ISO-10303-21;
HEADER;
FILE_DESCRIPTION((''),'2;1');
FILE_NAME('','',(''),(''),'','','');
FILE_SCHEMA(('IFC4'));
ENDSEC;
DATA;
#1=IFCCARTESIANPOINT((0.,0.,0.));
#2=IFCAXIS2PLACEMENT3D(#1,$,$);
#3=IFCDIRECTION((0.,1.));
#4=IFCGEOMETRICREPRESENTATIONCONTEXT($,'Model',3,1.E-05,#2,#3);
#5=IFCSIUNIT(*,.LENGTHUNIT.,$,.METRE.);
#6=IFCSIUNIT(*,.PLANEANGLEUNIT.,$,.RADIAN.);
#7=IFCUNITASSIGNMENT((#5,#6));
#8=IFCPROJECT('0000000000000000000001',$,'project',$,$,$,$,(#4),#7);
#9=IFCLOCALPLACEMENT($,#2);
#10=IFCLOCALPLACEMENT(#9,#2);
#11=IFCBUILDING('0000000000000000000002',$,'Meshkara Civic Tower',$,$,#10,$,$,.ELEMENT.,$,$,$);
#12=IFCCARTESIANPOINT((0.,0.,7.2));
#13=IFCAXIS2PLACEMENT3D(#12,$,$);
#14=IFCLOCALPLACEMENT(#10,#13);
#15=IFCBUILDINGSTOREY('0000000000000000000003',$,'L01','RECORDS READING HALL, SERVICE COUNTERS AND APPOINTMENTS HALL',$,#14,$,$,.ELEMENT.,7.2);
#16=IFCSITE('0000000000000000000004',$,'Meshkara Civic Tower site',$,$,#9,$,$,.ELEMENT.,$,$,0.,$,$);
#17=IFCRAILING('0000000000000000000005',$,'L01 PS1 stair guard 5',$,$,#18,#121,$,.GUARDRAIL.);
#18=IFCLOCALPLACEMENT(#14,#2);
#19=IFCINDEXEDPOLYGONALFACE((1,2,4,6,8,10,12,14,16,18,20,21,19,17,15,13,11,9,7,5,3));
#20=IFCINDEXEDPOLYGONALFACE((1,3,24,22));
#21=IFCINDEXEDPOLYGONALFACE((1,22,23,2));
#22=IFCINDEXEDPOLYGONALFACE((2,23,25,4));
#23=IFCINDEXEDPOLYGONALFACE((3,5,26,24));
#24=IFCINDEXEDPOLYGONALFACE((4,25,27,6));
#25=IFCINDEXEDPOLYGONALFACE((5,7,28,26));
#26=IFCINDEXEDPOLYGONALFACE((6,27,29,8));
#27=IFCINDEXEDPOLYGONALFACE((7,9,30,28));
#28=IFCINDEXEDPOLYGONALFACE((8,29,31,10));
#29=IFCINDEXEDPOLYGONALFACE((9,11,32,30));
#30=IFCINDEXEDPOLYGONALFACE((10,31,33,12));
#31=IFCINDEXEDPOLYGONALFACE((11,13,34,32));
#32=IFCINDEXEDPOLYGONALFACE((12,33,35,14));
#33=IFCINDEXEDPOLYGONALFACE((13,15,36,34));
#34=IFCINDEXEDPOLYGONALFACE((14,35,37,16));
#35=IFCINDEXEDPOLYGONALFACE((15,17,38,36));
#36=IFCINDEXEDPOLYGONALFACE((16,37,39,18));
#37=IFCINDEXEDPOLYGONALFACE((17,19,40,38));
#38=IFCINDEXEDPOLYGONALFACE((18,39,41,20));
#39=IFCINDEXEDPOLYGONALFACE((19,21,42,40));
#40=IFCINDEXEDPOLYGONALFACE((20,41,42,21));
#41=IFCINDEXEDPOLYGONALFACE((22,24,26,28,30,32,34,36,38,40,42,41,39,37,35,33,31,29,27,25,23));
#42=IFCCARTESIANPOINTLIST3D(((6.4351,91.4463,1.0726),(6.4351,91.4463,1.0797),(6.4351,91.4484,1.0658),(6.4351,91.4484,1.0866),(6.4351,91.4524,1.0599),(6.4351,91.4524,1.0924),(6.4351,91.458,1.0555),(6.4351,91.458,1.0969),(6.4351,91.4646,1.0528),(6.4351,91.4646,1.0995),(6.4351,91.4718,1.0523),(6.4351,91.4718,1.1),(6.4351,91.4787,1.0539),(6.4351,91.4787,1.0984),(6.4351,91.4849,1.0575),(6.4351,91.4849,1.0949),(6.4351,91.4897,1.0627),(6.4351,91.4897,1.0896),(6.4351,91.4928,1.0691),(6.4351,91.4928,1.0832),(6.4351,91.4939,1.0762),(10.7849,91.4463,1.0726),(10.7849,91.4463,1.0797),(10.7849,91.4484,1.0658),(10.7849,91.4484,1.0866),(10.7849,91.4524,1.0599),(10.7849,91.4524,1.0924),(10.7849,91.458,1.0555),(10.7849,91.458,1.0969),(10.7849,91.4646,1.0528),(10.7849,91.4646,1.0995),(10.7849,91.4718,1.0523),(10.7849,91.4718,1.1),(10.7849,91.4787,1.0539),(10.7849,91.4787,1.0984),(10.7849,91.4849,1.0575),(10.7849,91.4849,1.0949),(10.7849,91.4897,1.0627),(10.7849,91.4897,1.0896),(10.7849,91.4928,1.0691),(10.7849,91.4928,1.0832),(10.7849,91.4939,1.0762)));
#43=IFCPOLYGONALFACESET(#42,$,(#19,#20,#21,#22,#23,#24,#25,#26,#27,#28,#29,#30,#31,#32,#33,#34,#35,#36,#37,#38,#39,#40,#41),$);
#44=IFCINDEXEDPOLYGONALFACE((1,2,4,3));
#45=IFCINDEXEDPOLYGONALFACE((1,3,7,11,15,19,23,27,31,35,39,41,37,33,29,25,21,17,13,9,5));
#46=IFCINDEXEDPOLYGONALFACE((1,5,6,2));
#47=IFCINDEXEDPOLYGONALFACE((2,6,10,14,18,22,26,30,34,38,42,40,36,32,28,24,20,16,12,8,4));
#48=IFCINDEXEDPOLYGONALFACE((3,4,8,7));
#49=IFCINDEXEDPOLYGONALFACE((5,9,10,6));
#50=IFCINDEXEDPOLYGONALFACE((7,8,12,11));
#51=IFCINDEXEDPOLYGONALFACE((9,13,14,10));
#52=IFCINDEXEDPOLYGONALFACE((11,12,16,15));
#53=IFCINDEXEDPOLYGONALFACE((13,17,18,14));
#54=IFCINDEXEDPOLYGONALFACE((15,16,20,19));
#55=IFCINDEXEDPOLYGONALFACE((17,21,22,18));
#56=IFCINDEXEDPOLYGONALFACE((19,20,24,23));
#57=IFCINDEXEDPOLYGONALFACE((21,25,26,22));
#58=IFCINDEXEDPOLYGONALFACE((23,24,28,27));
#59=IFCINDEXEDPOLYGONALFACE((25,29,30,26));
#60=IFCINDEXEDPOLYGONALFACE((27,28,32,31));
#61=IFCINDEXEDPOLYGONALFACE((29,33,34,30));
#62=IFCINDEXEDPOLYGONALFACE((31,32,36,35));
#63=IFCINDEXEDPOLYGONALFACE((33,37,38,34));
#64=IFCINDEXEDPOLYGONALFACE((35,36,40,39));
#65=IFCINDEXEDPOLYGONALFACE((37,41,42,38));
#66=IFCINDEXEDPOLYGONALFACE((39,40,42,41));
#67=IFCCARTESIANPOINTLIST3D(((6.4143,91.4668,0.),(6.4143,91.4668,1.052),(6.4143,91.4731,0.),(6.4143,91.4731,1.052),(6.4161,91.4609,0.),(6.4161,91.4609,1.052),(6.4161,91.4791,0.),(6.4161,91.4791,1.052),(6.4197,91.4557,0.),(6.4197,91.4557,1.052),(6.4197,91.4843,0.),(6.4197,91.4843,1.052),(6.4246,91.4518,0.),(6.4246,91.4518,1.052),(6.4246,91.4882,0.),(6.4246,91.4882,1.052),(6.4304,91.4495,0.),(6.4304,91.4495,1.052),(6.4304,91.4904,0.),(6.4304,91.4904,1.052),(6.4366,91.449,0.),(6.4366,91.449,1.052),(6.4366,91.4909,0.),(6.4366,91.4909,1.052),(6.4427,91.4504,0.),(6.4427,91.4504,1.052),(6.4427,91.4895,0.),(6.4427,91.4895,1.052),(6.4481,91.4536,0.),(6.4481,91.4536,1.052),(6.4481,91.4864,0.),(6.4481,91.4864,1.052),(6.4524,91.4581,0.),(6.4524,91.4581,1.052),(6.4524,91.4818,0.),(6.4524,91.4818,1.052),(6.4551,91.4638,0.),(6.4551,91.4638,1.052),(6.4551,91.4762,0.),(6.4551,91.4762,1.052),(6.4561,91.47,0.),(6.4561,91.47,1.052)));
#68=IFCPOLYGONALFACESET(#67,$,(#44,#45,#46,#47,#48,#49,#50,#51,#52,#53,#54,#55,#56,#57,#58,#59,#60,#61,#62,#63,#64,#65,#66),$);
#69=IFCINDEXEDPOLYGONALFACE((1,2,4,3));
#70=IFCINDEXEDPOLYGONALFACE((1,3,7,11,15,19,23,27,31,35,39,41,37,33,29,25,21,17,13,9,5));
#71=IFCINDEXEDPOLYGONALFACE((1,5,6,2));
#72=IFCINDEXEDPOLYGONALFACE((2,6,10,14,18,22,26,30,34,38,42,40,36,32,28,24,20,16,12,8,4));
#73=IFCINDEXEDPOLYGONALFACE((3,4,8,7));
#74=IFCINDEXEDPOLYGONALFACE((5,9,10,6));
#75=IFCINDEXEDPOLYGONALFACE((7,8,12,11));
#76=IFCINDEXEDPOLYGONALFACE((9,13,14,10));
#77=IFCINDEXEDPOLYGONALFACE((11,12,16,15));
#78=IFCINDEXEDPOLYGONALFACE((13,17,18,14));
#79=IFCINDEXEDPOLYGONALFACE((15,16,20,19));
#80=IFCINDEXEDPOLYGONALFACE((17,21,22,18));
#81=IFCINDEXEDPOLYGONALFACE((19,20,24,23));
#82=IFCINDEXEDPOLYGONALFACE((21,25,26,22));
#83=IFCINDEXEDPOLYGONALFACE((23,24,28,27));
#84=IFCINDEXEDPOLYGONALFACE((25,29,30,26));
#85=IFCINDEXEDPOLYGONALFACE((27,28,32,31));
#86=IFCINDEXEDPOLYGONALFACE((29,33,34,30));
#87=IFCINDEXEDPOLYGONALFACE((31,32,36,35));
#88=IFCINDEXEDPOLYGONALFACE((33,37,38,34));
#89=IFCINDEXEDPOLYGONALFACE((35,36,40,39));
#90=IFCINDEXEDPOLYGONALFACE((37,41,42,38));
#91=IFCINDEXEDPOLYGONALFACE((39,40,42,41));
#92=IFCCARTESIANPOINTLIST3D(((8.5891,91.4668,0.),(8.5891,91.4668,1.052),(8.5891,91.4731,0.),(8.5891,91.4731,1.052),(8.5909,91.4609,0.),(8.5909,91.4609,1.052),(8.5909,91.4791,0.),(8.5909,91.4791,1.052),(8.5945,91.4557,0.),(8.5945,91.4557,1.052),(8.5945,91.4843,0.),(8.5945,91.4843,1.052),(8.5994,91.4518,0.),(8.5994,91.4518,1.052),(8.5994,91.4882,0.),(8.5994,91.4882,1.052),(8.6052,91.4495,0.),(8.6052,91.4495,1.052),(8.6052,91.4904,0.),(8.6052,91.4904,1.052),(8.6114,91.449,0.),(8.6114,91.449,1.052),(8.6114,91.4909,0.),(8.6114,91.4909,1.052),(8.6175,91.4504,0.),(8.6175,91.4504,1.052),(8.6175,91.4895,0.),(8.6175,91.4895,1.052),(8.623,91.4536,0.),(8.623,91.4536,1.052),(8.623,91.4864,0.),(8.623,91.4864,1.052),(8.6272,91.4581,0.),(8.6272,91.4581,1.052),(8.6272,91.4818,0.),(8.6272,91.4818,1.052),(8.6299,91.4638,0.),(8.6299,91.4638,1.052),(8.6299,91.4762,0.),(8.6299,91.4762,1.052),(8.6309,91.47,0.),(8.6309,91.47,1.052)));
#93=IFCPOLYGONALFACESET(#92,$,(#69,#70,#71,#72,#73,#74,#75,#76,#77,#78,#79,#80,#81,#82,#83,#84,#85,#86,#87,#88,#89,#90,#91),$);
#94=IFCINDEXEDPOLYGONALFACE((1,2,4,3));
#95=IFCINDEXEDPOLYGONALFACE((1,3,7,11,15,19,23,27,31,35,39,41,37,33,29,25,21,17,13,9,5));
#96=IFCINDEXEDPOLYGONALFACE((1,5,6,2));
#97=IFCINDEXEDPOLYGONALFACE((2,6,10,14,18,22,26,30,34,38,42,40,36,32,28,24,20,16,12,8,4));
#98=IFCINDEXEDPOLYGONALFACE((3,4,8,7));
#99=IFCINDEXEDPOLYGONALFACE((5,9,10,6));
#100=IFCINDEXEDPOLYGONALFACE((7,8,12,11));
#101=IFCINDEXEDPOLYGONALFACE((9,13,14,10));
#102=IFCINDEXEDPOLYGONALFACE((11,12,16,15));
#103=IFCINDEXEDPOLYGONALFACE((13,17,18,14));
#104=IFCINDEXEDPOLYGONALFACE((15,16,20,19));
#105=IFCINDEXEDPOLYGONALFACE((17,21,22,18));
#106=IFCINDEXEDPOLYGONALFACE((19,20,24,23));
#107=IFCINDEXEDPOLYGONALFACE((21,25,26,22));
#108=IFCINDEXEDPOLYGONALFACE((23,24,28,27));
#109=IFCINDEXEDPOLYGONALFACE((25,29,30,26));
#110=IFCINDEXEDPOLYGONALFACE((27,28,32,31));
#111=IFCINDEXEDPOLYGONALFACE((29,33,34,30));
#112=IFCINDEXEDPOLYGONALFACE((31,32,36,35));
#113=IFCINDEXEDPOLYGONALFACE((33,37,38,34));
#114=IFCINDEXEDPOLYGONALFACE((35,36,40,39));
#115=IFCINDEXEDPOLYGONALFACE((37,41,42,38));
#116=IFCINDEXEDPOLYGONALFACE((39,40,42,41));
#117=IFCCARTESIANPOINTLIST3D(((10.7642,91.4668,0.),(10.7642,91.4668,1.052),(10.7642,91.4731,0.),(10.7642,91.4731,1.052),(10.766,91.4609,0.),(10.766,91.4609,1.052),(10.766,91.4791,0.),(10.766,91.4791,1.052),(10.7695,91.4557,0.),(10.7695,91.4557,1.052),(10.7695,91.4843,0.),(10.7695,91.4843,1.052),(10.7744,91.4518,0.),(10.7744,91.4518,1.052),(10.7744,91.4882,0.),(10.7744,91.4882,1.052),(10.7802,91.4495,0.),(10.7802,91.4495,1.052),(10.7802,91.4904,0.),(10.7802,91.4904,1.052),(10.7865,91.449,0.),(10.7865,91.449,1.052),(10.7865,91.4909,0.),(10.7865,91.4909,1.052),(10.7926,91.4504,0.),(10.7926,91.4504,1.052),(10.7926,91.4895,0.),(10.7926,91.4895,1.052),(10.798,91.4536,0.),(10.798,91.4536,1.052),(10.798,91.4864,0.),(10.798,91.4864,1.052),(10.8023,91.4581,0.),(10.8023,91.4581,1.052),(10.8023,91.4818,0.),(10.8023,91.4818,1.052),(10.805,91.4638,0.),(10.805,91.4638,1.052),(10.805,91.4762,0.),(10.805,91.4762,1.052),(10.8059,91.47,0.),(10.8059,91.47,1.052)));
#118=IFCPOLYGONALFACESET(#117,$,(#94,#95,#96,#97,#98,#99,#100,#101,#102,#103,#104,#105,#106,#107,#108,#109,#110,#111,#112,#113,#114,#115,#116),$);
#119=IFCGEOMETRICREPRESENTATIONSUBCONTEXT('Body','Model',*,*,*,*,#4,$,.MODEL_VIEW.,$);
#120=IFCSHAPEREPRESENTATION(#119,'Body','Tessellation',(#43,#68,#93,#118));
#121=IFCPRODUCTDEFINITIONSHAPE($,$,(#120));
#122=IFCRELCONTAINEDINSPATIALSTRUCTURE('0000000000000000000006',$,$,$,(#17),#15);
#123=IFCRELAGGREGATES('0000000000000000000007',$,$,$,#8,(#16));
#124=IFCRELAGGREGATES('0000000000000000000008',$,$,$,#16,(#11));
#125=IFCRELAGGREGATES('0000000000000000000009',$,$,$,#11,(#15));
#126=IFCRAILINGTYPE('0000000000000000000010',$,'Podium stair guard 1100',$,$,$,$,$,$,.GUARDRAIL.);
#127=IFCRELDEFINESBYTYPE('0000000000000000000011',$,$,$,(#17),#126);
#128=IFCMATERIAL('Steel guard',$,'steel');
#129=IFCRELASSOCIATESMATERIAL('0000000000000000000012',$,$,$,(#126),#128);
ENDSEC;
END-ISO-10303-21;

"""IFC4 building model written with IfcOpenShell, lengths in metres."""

from ifc_helpers import new_model, si_unit, direction, frame, origin, origin_2d, place, context, subcontext, project, spatial, circle, extrude, material, type_object, element, save


model = new_model("IFC4")

# Units and contexts
model_context = context("Model", 3, precision=1e-05, world=origin(), true_north=direction((0.0, 1.0)))
body_context = subcontext(model_context, "Body", "Model", "MODEL_VIEW")
ifc_project = project(units=[si_unit("LENGTHUNIT", "METRE"), si_unit("PLANEANGLEUNIT", "RADIAN")], contexts=[model_context])

# Site, building, storey
site_placement = place(None, origin())
site = spatial("IfcSite", under=ifc_project, at=site_placement, Name="Meshkara Civic Tower site", CompositionType="ELEMENT", RefElevation=0.0)
building_placement = place(site_placement, origin())
building = spatial("IfcBuilding", under=site, at=building_placement, Name="Meshkara Civic Tower", CompositionType="ELEMENT")
storey_placement = place(building_placement, frame((0.0, 0.0, 7.2)))
storey = spatial("IfcBuildingStorey", under=building, at=storey_placement, Name="L01", Description="RECORDS READING HALL, SERVICE COUNTERS AND APPOINTMENTS HALL", CompositionType="ELEMENT", Elevation=7.2)

# Railing
ifc_material_1 = material(Name="Steel guard", Category="steel")
railing_type_1 = type_object("IfcRailingType", Name="Podium stair guard 1100", PredefinedType="GUARDRAIL", material=ifc_material_1)
railing_1_placement = place(storey_placement, frame((6.4351, 91.47, 0.0)))
element("IfcRailing", 1, at=railing_1_placement, inside=storey, type_object=railing_type_1, Name="L01 PS1 stair guard 5", PredefinedType="GUARDRAIL", context=body_context, shape_type="SweptSolid", body=[
    extrude(circle(Radius=0.0239, at=origin_2d()), frame((0.0, 0.0, 1.0762), z_axis=(1.0, 0.0, 0.0), x_axis=(0.0, 1.0, 0.0)), (0.0, 0.0, 1.0), 4.3499),
    extrude(circle(Radius=0.021, at=origin_2d()), origin(), (0.0, 0.0, 1.0), 1.052),
    extrude(circle(Radius=0.021, at=origin_2d()), frame((2.1748, 0.0, 0.0)), (0.0, 0.0, 1.0), 1.052),
    extrude(circle(Radius=0.021, at=origin_2d()), frame((4.3499, 0.0, 0.0)), (0.0, 0.0, 1.0), 1.052),
])

save(model, "model.ifc")
